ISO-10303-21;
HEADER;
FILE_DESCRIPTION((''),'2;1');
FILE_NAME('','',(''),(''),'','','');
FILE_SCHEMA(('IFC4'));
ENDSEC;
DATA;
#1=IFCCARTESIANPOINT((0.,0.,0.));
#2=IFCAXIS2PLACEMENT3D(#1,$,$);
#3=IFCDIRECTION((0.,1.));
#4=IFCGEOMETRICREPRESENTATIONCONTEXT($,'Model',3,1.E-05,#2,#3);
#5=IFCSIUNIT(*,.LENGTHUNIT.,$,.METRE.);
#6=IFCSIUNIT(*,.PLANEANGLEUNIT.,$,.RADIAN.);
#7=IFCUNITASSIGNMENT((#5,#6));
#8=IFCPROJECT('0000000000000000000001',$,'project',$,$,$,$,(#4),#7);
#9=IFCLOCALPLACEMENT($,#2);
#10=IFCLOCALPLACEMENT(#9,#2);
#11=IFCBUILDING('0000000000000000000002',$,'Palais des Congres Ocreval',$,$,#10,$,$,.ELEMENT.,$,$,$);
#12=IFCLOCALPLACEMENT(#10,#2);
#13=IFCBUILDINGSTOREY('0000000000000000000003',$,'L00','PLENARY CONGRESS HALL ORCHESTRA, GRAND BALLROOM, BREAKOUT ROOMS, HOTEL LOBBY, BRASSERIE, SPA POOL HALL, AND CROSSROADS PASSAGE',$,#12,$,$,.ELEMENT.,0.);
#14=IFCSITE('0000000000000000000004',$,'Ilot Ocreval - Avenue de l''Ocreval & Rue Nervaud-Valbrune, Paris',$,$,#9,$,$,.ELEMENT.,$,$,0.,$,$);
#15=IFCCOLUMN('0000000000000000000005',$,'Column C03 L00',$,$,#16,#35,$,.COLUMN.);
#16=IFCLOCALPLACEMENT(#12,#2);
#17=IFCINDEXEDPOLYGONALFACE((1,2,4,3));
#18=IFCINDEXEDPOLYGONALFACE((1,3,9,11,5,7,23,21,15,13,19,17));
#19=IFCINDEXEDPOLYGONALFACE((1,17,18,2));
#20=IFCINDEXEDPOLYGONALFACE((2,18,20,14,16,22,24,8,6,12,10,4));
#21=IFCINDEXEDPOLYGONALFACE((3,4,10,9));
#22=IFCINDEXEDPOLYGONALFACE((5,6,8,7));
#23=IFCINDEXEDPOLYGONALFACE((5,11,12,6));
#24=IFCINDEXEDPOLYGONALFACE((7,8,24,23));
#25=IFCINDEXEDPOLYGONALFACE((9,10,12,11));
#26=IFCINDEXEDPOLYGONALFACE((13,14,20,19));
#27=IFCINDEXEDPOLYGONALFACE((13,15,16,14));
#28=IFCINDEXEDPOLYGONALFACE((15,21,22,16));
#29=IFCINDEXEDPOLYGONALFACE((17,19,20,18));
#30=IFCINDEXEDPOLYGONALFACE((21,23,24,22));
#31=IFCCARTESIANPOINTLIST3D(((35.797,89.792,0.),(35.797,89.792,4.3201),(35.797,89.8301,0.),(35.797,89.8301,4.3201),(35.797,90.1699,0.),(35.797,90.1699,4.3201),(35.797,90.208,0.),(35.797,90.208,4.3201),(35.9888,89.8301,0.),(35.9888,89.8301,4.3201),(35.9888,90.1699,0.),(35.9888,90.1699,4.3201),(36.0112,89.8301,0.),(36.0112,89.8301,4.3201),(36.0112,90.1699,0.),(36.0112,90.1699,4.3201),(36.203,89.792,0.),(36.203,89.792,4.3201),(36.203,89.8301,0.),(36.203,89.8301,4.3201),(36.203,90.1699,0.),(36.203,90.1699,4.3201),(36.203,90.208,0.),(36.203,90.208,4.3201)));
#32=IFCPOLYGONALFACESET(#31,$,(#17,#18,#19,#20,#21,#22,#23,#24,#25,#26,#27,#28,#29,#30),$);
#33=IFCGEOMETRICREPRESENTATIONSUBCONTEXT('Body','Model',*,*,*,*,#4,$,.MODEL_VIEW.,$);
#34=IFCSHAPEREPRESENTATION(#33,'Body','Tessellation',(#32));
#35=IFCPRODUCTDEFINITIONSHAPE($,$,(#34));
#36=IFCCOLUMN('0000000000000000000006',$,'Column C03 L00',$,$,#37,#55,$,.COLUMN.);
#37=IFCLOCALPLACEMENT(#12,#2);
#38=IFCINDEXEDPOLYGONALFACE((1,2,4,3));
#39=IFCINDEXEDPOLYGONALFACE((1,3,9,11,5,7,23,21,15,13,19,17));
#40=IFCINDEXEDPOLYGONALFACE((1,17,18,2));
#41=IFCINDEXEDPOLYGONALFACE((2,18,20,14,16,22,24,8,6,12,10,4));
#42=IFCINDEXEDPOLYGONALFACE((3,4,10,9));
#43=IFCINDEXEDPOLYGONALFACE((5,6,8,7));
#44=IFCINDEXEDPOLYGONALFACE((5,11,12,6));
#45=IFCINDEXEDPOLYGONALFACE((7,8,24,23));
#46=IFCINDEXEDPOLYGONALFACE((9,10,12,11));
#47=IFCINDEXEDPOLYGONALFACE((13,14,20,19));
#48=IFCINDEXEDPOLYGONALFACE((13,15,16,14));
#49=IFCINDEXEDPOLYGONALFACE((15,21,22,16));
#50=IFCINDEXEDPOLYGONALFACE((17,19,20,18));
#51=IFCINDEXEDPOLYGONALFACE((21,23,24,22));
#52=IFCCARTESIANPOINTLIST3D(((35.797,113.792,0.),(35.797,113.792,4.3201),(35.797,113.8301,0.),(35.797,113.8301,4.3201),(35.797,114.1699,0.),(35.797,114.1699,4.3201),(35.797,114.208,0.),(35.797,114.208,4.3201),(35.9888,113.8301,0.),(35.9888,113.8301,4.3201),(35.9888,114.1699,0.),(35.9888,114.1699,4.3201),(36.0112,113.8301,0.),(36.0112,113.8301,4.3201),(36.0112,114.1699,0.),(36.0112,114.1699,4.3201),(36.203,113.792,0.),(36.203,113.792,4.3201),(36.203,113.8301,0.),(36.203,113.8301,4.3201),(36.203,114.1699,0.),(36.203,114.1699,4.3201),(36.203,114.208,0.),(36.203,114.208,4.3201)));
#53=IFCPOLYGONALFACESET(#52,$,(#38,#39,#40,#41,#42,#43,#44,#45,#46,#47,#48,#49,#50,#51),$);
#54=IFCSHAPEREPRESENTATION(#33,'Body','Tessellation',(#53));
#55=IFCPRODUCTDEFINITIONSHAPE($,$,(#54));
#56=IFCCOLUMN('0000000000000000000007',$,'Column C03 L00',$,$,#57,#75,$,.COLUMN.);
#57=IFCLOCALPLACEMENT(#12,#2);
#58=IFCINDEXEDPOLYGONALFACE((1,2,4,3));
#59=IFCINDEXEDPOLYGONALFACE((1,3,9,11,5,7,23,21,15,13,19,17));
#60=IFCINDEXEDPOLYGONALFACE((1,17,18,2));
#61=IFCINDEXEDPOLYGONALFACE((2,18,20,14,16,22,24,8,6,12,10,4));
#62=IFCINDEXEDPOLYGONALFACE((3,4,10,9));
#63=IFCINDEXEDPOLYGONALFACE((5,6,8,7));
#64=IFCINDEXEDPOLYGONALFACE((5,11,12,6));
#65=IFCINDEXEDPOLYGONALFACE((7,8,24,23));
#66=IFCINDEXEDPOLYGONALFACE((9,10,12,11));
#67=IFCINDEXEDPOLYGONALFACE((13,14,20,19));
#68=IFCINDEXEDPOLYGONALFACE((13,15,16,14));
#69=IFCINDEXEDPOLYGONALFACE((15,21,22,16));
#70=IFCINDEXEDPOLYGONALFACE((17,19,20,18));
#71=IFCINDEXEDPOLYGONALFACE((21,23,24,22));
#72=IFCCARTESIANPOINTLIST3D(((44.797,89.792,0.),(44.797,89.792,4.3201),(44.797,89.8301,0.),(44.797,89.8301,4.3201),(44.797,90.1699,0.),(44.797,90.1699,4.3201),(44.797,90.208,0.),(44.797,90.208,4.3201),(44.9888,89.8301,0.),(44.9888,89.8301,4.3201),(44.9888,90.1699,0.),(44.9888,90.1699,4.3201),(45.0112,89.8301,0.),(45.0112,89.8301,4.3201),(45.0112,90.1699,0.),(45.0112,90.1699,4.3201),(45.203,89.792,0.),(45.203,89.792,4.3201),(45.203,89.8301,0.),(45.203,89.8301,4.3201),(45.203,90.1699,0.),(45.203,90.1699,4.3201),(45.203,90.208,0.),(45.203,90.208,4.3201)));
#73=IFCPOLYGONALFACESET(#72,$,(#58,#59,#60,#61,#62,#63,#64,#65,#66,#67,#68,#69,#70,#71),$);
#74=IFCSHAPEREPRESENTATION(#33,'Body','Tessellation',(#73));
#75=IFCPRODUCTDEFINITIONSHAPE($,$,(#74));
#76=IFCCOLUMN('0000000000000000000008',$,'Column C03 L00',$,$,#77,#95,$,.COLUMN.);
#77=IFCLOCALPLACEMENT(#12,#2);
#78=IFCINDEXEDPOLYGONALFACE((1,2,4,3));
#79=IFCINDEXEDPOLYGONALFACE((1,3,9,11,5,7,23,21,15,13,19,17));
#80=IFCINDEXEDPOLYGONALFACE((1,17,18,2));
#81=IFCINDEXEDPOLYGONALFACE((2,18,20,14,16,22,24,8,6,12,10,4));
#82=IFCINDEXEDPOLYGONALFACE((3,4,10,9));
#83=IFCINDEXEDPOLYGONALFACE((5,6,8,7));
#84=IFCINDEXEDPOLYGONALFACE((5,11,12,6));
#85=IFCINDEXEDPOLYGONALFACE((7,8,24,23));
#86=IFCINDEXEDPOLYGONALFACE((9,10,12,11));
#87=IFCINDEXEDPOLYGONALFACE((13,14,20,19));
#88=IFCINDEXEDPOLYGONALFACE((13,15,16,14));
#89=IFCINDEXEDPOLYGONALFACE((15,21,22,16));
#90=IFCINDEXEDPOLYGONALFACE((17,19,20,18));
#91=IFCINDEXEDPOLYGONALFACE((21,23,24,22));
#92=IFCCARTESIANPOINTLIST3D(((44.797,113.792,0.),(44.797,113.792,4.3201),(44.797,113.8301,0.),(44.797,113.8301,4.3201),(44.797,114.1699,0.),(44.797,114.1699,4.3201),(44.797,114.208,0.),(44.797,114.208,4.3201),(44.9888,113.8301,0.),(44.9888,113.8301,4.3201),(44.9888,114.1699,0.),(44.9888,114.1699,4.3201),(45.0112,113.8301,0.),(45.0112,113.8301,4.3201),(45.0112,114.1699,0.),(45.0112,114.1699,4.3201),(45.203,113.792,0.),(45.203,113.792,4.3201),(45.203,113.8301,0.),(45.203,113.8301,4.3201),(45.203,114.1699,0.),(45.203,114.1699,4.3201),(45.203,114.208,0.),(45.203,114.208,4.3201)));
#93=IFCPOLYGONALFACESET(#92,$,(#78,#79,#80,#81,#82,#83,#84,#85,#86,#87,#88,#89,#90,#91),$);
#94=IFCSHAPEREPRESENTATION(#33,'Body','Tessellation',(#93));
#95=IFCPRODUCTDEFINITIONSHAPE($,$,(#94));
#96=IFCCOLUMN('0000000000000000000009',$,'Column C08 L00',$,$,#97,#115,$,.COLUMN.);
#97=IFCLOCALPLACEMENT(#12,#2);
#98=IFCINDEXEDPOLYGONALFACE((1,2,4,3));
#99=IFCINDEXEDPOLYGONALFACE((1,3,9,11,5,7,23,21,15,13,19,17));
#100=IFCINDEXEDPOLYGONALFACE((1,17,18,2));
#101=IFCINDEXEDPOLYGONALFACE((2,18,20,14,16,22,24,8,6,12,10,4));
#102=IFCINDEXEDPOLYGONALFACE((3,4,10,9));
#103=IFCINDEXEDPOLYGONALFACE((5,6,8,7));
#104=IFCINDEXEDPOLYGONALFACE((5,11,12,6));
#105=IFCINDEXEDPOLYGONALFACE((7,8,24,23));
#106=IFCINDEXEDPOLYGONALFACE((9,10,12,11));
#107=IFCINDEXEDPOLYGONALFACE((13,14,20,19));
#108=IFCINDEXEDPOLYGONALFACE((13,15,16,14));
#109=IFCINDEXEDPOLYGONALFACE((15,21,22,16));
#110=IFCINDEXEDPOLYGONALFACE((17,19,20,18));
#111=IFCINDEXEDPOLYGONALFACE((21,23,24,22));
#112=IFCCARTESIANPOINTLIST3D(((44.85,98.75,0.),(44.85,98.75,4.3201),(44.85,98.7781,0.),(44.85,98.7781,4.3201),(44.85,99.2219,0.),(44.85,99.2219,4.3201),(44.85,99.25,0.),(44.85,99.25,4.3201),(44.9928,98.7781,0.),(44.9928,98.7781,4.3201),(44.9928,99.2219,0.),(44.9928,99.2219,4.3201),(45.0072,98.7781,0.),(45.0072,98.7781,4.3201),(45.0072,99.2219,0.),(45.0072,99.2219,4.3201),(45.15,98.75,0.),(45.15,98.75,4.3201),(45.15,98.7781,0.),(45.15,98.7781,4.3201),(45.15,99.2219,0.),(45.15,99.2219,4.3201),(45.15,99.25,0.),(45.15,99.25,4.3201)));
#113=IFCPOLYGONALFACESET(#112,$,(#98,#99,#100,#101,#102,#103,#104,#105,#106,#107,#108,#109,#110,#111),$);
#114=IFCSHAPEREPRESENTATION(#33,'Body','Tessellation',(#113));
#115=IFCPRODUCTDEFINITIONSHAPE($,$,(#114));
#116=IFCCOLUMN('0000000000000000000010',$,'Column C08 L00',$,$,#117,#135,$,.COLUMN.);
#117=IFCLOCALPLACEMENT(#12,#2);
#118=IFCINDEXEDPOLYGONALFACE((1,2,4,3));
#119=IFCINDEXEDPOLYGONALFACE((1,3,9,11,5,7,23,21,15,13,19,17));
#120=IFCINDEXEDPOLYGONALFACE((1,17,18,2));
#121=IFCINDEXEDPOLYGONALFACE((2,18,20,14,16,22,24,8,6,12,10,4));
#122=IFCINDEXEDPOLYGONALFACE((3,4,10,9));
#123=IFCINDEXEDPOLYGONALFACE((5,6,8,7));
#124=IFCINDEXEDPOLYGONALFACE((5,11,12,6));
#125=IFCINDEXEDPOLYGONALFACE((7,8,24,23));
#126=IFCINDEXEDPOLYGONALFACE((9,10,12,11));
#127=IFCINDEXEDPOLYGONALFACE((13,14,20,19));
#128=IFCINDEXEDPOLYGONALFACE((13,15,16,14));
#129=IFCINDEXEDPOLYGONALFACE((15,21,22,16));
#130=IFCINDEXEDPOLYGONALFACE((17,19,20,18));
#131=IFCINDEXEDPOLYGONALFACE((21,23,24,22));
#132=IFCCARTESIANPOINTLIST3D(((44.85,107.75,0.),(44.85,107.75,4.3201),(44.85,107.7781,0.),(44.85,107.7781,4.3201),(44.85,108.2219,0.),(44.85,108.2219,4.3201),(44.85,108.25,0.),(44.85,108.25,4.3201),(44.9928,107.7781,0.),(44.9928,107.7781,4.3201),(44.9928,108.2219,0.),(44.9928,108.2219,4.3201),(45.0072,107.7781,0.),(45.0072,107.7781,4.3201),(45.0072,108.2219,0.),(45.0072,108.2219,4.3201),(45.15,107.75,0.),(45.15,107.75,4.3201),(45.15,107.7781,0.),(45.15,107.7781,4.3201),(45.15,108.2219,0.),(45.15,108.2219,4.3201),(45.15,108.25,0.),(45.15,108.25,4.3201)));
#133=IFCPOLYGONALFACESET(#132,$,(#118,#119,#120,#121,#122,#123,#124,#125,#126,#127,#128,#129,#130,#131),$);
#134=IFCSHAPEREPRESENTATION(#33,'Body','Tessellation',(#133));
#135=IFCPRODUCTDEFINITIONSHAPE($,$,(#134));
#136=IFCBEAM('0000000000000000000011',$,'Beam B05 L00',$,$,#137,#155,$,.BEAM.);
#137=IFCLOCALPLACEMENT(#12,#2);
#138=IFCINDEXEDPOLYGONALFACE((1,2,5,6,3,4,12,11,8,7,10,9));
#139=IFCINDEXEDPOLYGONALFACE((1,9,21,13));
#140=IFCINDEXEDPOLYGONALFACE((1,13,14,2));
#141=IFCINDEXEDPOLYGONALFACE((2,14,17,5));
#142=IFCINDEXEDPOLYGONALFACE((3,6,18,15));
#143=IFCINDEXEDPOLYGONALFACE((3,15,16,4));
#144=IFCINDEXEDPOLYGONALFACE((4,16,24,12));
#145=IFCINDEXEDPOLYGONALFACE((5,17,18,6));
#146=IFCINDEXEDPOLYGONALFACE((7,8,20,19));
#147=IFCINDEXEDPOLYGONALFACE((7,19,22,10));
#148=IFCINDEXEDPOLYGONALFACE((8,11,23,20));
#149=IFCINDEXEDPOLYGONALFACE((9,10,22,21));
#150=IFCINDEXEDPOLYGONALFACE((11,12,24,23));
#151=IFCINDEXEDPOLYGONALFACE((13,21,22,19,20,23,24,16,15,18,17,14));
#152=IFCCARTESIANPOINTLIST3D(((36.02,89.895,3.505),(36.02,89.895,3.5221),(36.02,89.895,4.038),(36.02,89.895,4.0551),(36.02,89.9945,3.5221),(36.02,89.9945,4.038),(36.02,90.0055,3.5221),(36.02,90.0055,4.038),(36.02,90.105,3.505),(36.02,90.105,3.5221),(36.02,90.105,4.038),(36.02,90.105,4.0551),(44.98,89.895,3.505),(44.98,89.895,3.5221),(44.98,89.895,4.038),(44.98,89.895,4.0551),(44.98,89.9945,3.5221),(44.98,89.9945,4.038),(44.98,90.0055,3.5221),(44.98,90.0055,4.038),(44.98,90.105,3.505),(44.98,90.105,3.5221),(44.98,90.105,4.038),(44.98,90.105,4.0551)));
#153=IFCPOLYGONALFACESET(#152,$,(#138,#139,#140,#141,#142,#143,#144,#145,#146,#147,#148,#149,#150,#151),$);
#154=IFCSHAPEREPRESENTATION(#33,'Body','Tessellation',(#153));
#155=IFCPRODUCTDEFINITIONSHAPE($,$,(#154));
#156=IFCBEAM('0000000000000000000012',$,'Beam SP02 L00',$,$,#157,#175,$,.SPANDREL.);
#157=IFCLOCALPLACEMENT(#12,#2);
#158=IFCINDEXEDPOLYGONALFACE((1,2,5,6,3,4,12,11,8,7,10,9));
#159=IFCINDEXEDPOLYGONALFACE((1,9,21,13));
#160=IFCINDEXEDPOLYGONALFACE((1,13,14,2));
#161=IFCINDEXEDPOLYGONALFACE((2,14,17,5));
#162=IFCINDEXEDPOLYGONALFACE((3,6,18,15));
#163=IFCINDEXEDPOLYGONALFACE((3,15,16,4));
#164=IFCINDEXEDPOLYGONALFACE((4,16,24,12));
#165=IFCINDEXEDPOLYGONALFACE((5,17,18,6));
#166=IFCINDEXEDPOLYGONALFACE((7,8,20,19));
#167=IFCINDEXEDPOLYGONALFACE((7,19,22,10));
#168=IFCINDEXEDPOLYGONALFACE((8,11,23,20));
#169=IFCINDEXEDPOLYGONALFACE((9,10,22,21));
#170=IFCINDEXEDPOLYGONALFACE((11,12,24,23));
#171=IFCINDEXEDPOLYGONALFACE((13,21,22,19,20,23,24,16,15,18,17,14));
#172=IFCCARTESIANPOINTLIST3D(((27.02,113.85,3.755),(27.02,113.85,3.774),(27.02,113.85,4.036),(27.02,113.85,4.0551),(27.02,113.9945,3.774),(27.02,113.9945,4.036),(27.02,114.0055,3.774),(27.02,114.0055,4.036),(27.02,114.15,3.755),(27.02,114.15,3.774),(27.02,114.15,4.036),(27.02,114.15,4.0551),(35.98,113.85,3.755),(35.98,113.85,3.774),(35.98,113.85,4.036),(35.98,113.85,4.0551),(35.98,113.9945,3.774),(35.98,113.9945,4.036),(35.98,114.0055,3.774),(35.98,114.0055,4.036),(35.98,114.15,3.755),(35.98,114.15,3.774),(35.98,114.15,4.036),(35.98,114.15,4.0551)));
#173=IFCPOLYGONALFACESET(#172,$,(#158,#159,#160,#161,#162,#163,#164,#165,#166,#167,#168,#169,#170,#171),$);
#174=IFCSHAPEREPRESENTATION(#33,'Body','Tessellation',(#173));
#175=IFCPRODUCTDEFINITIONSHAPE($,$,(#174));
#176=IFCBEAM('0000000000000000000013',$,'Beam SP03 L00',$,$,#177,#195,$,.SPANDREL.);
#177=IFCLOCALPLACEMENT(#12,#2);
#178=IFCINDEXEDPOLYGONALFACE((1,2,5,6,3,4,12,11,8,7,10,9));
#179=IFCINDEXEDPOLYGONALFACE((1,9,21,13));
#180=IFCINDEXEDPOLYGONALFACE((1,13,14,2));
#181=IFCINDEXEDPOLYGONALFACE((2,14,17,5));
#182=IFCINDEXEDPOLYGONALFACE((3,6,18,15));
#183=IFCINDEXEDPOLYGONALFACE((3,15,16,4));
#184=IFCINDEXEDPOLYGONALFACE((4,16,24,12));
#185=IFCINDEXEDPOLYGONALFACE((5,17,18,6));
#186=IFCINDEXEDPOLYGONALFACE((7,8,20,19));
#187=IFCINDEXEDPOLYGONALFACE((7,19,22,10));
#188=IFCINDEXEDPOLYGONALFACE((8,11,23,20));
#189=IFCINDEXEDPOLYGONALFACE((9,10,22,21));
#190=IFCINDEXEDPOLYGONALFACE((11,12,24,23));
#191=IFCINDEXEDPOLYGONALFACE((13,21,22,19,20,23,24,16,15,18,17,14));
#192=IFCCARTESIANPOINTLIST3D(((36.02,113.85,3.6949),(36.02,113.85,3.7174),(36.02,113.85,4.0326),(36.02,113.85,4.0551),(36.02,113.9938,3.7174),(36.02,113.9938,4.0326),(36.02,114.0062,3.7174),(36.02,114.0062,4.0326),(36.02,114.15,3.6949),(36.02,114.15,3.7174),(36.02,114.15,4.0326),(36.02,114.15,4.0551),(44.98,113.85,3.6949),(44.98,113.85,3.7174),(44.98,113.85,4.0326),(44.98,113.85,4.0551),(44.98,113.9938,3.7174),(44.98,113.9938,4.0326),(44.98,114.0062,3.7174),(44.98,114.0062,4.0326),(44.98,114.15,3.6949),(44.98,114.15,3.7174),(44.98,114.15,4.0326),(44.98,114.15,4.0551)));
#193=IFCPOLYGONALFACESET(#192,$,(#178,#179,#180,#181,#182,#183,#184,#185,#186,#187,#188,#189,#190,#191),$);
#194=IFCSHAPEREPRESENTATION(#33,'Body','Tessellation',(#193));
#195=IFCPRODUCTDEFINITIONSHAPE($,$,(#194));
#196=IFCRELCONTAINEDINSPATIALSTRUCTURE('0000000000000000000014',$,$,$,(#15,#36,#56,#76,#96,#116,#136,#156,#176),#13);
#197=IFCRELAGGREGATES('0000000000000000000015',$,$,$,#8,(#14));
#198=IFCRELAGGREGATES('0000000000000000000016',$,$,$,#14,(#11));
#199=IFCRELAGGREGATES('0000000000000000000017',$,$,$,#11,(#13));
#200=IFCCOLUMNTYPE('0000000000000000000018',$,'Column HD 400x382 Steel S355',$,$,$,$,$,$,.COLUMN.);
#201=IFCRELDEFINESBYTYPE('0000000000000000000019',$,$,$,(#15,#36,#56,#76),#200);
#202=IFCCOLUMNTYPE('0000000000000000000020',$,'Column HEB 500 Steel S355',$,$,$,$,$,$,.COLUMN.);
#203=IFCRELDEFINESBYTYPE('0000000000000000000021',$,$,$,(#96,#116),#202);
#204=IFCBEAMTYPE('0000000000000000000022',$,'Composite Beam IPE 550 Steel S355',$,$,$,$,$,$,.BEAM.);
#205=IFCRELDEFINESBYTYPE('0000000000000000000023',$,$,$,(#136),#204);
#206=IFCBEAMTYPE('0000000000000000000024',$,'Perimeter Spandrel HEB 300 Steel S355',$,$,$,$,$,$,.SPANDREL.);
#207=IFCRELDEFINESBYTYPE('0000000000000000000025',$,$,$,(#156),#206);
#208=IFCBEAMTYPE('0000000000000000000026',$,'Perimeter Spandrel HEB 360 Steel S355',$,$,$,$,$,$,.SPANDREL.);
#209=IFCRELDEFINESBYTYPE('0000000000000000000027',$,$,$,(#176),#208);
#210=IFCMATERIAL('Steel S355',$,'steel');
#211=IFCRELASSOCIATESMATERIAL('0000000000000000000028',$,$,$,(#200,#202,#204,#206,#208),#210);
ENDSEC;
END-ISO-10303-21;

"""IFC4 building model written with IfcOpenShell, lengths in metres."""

from ifc_helpers import new_model, si_unit, direction, frame, origin, origin_2d, place, context, subcontext, project, spatial, i_section, extrude, material, material_profile, profile_set, type_object, element, save


model = new_model("IFC4")

# Units and contexts
model_context = context("Model", 3, precision=1e-05, world=origin(), true_north=direction((0.0, 1.0)))
body_context = subcontext(model_context, "Body", "Model", "MODEL_VIEW")
ifc_project = project(units=[si_unit("LENGTHUNIT", "METRE"), si_unit("PLANEANGLEUNIT", "RADIAN")], contexts=[model_context])

# Site, building, storey
site_placement = place(None, origin())
site = spatial("IfcSite", under=ifc_project, at=site_placement, Name="Ilot Ocreval - Avenue de l'Ocreval & Rue Nervaud-Valbrune, Paris", CompositionType="ELEMENT", RefElevation=0.0)
building_placement = place(site_placement, origin())
building = spatial("IfcBuilding", under=site, at=building_placement, Name="Palais des Congres Ocreval", CompositionType="ELEMENT")
storey_placement = place(building_placement, origin())
storey = spatial("IfcBuildingStorey", under=building, at=storey_placement, Name="L00", Description="PLENARY CONGRESS HALL ORCHESTRA, GRAND BALLROOM, BREAKOUT ROOMS, HOTEL LOBBY, BRASSERIE, SPA POOL HALL, AND CROSSROADS PASSAGE", CompositionType="ELEMENT", Elevation=0.0)

# Columns
ifc_material_1 = material(Name="Steel S355", Category="steel")
ifc_material_profile_1 = material_profile(ifc_material_1, i_section(OverallWidth=0.406, OverallDepth=0.416, WebThickness=0.0225, FlangeThickness=0.0381, at=origin_2d()), Name="HD 400x382")
ifc_profile_set_1 = profile_set([ifc_material_profile_1], Name="Steel S355")
column_type_1 = type_object("IfcColumnType", Name="Column HD 400x382 Steel S355", PredefinedType="COLUMN", material=ifc_profile_set_1)
for number, where, z_axis, x_axis, name in (
    (1, (36.0, 90.0, 0.0), (0.0, 0.0, 1.0), (1.0, 0.0, 0.0), "Column C03 L00"),
    (2, (36.0, 114.0, 0.0), (0.0, 0.0, 1.0), (1.0, 0.0, 0.0), "Column C03 L00"),
    (3, (45.0, 90.0, 0.0), (0.0, 0.0, 1.0), (1.0, 0.0, 0.0), "Column C03 L00"),
    (4, (45.0, 114.0, 0.0), (0.0, 0.0, 1.0), (1.0, 0.0, 0.0), "Column C03 L00"),
):
    element("IfcColumn", number, at=place(storey_placement, frame(where, z_axis=z_axis, x_axis=x_axis)), inside=storey, type_object=column_type_1, Name=name, PredefinedType="COLUMN", context=body_context, shape_type="SweptSolid", body=[
        extrude(i_section(OverallWidth=0.406, OverallDepth=0.416, WebThickness=0.0225, FlangeThickness=0.0381, at=origin_2d()), origin(), (0.0, 0.0, 1.0), 4.3201),
    ])
ifc_material_profile_2 = material_profile(ifc_material_1, i_section(OverallWidth=0.3, OverallDepth=0.5, WebThickness=0.0144, FlangeThickness=0.0281, at=origin_2d()), Name="HEB 500")
ifc_profile_set_2 = profile_set([ifc_material_profile_2], Name="Steel S355")
column_type_2 = type_object("IfcColumnType", Name="Column HEB 500 Steel S355", PredefinedType="COLUMN", material=ifc_profile_set_2)
for number, where, z_axis, x_axis, name in (
    (5, (45.0, 99.0, 0.0), (0.0, 0.0, 1.0), (1.0, 0.0, 0.0), "Column C08 L00"),
    (6, (45.0, 108.0, 0.0), (0.0, 0.0, 1.0), (1.0, 0.0, 0.0), "Column C08 L00"),
):
    element("IfcColumn", number, at=place(storey_placement, frame(where, z_axis=z_axis, x_axis=x_axis)), inside=storey, type_object=column_type_2, Name=name, PredefinedType="COLUMN", context=body_context, shape_type="SweptSolid", body=[
        extrude(i_section(OverallWidth=0.3, OverallDepth=0.5, WebThickness=0.0144, FlangeThickness=0.0281, at=origin_2d()), origin(), (0.0, 0.0, 1.0), 4.3201),
    ])

# Beams
ifc_material_profile_3 = material_profile(ifc_material_1, i_section(OverallWidth=0.21, OverallDepth=0.55, WebThickness=0.011, FlangeThickness=0.0171, at=origin_2d()), Name="IPE 550")
ifc_profile_set_3 = profile_set([ifc_material_profile_3], Name="Steel S355")
beam_type_1 = type_object("IfcBeamType", Name="Composite Beam IPE 550 Steel S355", PredefinedType="BEAM", material=ifc_profile_set_3)
beam_1_placement = place(storey_placement, frame((36.02, 90.0, 3.78), z_axis=(1.0, 0.0, 0.0), x_axis=(0.0, 1.0, 0.0)))
element("IfcBeam", 7, at=beam_1_placement, inside=storey, type_object=beam_type_1, Name="Beam B05 L00", PredefinedType="BEAM", context=body_context, shape_type="SweptSolid", body=[
    extrude(i_section(OverallWidth=0.21, OverallDepth=0.55, WebThickness=0.011, FlangeThickness=0.0171, at=origin_2d()), origin(), (0.0, 0.0, 1.0), 8.96),
])
ifc_material_profile_4 = material_profile(ifc_material_1, i_section(OverallWidth=0.3, OverallDepth=0.3, WebThickness=0.011, FlangeThickness=0.019, at=origin_2d()), Name="HEB 300")
ifc_profile_set_4 = profile_set([ifc_material_profile_4], Name="Steel S355")
beam_type_2 = type_object("IfcBeamType", Name="Perimeter Spandrel HEB 300 Steel S355", PredefinedType="SPANDREL", material=ifc_profile_set_4)
beam_2_placement = place(storey_placement, frame((27.02, 114.0, 3.905), z_axis=(1.0, 0.0, 0.0), x_axis=(0.0, 1.0, 0.0)))
element("IfcBeam", 8, at=beam_2_placement, inside=storey, type_object=beam_type_2, Name="Beam SP02 L00", PredefinedType="SPANDREL", context=body_context, shape_type="SweptSolid", body=[
    extrude(i_section(OverallWidth=0.3, OverallDepth=0.3, WebThickness=0.011, FlangeThickness=0.019, at=origin_2d()), origin(), (0.0, 0.0, 1.0), 8.96),
])
ifc_material_profile_5 = material_profile(ifc_material_1, i_section(OverallWidth=0.3, OverallDepth=0.3601, WebThickness=0.0125, FlangeThickness=0.0225, at=origin_2d()), Name="HEB 360")
ifc_profile_set_5 = profile_set([ifc_material_profile_5], Name="Steel S355")
beam_type_3 = type_object("IfcBeamType", Name="Perimeter Spandrel HEB 360 Steel S355", PredefinedType="SPANDREL", material=ifc_profile_set_5)
beam_3_placement = place(storey_placement, frame((36.02, 114.0, 3.875), z_axis=(1.0, 0.0, 0.0), x_axis=(0.0, 1.0, 0.0)))
element("IfcBeam", 9, at=beam_3_placement, inside=storey, type_object=beam_type_3, Name="Beam SP03 L00", PredefinedType="SPANDREL", context=body_context, shape_type="SweptSolid", body=[
    extrude(i_section(OverallWidth=0.3, OverallDepth=0.3601, WebThickness=0.0125, FlangeThickness=0.0225, at=origin_2d()), origin(), (0.0, 0.0, 1.0), 8.96),
])

save(model, "model.ifc")
